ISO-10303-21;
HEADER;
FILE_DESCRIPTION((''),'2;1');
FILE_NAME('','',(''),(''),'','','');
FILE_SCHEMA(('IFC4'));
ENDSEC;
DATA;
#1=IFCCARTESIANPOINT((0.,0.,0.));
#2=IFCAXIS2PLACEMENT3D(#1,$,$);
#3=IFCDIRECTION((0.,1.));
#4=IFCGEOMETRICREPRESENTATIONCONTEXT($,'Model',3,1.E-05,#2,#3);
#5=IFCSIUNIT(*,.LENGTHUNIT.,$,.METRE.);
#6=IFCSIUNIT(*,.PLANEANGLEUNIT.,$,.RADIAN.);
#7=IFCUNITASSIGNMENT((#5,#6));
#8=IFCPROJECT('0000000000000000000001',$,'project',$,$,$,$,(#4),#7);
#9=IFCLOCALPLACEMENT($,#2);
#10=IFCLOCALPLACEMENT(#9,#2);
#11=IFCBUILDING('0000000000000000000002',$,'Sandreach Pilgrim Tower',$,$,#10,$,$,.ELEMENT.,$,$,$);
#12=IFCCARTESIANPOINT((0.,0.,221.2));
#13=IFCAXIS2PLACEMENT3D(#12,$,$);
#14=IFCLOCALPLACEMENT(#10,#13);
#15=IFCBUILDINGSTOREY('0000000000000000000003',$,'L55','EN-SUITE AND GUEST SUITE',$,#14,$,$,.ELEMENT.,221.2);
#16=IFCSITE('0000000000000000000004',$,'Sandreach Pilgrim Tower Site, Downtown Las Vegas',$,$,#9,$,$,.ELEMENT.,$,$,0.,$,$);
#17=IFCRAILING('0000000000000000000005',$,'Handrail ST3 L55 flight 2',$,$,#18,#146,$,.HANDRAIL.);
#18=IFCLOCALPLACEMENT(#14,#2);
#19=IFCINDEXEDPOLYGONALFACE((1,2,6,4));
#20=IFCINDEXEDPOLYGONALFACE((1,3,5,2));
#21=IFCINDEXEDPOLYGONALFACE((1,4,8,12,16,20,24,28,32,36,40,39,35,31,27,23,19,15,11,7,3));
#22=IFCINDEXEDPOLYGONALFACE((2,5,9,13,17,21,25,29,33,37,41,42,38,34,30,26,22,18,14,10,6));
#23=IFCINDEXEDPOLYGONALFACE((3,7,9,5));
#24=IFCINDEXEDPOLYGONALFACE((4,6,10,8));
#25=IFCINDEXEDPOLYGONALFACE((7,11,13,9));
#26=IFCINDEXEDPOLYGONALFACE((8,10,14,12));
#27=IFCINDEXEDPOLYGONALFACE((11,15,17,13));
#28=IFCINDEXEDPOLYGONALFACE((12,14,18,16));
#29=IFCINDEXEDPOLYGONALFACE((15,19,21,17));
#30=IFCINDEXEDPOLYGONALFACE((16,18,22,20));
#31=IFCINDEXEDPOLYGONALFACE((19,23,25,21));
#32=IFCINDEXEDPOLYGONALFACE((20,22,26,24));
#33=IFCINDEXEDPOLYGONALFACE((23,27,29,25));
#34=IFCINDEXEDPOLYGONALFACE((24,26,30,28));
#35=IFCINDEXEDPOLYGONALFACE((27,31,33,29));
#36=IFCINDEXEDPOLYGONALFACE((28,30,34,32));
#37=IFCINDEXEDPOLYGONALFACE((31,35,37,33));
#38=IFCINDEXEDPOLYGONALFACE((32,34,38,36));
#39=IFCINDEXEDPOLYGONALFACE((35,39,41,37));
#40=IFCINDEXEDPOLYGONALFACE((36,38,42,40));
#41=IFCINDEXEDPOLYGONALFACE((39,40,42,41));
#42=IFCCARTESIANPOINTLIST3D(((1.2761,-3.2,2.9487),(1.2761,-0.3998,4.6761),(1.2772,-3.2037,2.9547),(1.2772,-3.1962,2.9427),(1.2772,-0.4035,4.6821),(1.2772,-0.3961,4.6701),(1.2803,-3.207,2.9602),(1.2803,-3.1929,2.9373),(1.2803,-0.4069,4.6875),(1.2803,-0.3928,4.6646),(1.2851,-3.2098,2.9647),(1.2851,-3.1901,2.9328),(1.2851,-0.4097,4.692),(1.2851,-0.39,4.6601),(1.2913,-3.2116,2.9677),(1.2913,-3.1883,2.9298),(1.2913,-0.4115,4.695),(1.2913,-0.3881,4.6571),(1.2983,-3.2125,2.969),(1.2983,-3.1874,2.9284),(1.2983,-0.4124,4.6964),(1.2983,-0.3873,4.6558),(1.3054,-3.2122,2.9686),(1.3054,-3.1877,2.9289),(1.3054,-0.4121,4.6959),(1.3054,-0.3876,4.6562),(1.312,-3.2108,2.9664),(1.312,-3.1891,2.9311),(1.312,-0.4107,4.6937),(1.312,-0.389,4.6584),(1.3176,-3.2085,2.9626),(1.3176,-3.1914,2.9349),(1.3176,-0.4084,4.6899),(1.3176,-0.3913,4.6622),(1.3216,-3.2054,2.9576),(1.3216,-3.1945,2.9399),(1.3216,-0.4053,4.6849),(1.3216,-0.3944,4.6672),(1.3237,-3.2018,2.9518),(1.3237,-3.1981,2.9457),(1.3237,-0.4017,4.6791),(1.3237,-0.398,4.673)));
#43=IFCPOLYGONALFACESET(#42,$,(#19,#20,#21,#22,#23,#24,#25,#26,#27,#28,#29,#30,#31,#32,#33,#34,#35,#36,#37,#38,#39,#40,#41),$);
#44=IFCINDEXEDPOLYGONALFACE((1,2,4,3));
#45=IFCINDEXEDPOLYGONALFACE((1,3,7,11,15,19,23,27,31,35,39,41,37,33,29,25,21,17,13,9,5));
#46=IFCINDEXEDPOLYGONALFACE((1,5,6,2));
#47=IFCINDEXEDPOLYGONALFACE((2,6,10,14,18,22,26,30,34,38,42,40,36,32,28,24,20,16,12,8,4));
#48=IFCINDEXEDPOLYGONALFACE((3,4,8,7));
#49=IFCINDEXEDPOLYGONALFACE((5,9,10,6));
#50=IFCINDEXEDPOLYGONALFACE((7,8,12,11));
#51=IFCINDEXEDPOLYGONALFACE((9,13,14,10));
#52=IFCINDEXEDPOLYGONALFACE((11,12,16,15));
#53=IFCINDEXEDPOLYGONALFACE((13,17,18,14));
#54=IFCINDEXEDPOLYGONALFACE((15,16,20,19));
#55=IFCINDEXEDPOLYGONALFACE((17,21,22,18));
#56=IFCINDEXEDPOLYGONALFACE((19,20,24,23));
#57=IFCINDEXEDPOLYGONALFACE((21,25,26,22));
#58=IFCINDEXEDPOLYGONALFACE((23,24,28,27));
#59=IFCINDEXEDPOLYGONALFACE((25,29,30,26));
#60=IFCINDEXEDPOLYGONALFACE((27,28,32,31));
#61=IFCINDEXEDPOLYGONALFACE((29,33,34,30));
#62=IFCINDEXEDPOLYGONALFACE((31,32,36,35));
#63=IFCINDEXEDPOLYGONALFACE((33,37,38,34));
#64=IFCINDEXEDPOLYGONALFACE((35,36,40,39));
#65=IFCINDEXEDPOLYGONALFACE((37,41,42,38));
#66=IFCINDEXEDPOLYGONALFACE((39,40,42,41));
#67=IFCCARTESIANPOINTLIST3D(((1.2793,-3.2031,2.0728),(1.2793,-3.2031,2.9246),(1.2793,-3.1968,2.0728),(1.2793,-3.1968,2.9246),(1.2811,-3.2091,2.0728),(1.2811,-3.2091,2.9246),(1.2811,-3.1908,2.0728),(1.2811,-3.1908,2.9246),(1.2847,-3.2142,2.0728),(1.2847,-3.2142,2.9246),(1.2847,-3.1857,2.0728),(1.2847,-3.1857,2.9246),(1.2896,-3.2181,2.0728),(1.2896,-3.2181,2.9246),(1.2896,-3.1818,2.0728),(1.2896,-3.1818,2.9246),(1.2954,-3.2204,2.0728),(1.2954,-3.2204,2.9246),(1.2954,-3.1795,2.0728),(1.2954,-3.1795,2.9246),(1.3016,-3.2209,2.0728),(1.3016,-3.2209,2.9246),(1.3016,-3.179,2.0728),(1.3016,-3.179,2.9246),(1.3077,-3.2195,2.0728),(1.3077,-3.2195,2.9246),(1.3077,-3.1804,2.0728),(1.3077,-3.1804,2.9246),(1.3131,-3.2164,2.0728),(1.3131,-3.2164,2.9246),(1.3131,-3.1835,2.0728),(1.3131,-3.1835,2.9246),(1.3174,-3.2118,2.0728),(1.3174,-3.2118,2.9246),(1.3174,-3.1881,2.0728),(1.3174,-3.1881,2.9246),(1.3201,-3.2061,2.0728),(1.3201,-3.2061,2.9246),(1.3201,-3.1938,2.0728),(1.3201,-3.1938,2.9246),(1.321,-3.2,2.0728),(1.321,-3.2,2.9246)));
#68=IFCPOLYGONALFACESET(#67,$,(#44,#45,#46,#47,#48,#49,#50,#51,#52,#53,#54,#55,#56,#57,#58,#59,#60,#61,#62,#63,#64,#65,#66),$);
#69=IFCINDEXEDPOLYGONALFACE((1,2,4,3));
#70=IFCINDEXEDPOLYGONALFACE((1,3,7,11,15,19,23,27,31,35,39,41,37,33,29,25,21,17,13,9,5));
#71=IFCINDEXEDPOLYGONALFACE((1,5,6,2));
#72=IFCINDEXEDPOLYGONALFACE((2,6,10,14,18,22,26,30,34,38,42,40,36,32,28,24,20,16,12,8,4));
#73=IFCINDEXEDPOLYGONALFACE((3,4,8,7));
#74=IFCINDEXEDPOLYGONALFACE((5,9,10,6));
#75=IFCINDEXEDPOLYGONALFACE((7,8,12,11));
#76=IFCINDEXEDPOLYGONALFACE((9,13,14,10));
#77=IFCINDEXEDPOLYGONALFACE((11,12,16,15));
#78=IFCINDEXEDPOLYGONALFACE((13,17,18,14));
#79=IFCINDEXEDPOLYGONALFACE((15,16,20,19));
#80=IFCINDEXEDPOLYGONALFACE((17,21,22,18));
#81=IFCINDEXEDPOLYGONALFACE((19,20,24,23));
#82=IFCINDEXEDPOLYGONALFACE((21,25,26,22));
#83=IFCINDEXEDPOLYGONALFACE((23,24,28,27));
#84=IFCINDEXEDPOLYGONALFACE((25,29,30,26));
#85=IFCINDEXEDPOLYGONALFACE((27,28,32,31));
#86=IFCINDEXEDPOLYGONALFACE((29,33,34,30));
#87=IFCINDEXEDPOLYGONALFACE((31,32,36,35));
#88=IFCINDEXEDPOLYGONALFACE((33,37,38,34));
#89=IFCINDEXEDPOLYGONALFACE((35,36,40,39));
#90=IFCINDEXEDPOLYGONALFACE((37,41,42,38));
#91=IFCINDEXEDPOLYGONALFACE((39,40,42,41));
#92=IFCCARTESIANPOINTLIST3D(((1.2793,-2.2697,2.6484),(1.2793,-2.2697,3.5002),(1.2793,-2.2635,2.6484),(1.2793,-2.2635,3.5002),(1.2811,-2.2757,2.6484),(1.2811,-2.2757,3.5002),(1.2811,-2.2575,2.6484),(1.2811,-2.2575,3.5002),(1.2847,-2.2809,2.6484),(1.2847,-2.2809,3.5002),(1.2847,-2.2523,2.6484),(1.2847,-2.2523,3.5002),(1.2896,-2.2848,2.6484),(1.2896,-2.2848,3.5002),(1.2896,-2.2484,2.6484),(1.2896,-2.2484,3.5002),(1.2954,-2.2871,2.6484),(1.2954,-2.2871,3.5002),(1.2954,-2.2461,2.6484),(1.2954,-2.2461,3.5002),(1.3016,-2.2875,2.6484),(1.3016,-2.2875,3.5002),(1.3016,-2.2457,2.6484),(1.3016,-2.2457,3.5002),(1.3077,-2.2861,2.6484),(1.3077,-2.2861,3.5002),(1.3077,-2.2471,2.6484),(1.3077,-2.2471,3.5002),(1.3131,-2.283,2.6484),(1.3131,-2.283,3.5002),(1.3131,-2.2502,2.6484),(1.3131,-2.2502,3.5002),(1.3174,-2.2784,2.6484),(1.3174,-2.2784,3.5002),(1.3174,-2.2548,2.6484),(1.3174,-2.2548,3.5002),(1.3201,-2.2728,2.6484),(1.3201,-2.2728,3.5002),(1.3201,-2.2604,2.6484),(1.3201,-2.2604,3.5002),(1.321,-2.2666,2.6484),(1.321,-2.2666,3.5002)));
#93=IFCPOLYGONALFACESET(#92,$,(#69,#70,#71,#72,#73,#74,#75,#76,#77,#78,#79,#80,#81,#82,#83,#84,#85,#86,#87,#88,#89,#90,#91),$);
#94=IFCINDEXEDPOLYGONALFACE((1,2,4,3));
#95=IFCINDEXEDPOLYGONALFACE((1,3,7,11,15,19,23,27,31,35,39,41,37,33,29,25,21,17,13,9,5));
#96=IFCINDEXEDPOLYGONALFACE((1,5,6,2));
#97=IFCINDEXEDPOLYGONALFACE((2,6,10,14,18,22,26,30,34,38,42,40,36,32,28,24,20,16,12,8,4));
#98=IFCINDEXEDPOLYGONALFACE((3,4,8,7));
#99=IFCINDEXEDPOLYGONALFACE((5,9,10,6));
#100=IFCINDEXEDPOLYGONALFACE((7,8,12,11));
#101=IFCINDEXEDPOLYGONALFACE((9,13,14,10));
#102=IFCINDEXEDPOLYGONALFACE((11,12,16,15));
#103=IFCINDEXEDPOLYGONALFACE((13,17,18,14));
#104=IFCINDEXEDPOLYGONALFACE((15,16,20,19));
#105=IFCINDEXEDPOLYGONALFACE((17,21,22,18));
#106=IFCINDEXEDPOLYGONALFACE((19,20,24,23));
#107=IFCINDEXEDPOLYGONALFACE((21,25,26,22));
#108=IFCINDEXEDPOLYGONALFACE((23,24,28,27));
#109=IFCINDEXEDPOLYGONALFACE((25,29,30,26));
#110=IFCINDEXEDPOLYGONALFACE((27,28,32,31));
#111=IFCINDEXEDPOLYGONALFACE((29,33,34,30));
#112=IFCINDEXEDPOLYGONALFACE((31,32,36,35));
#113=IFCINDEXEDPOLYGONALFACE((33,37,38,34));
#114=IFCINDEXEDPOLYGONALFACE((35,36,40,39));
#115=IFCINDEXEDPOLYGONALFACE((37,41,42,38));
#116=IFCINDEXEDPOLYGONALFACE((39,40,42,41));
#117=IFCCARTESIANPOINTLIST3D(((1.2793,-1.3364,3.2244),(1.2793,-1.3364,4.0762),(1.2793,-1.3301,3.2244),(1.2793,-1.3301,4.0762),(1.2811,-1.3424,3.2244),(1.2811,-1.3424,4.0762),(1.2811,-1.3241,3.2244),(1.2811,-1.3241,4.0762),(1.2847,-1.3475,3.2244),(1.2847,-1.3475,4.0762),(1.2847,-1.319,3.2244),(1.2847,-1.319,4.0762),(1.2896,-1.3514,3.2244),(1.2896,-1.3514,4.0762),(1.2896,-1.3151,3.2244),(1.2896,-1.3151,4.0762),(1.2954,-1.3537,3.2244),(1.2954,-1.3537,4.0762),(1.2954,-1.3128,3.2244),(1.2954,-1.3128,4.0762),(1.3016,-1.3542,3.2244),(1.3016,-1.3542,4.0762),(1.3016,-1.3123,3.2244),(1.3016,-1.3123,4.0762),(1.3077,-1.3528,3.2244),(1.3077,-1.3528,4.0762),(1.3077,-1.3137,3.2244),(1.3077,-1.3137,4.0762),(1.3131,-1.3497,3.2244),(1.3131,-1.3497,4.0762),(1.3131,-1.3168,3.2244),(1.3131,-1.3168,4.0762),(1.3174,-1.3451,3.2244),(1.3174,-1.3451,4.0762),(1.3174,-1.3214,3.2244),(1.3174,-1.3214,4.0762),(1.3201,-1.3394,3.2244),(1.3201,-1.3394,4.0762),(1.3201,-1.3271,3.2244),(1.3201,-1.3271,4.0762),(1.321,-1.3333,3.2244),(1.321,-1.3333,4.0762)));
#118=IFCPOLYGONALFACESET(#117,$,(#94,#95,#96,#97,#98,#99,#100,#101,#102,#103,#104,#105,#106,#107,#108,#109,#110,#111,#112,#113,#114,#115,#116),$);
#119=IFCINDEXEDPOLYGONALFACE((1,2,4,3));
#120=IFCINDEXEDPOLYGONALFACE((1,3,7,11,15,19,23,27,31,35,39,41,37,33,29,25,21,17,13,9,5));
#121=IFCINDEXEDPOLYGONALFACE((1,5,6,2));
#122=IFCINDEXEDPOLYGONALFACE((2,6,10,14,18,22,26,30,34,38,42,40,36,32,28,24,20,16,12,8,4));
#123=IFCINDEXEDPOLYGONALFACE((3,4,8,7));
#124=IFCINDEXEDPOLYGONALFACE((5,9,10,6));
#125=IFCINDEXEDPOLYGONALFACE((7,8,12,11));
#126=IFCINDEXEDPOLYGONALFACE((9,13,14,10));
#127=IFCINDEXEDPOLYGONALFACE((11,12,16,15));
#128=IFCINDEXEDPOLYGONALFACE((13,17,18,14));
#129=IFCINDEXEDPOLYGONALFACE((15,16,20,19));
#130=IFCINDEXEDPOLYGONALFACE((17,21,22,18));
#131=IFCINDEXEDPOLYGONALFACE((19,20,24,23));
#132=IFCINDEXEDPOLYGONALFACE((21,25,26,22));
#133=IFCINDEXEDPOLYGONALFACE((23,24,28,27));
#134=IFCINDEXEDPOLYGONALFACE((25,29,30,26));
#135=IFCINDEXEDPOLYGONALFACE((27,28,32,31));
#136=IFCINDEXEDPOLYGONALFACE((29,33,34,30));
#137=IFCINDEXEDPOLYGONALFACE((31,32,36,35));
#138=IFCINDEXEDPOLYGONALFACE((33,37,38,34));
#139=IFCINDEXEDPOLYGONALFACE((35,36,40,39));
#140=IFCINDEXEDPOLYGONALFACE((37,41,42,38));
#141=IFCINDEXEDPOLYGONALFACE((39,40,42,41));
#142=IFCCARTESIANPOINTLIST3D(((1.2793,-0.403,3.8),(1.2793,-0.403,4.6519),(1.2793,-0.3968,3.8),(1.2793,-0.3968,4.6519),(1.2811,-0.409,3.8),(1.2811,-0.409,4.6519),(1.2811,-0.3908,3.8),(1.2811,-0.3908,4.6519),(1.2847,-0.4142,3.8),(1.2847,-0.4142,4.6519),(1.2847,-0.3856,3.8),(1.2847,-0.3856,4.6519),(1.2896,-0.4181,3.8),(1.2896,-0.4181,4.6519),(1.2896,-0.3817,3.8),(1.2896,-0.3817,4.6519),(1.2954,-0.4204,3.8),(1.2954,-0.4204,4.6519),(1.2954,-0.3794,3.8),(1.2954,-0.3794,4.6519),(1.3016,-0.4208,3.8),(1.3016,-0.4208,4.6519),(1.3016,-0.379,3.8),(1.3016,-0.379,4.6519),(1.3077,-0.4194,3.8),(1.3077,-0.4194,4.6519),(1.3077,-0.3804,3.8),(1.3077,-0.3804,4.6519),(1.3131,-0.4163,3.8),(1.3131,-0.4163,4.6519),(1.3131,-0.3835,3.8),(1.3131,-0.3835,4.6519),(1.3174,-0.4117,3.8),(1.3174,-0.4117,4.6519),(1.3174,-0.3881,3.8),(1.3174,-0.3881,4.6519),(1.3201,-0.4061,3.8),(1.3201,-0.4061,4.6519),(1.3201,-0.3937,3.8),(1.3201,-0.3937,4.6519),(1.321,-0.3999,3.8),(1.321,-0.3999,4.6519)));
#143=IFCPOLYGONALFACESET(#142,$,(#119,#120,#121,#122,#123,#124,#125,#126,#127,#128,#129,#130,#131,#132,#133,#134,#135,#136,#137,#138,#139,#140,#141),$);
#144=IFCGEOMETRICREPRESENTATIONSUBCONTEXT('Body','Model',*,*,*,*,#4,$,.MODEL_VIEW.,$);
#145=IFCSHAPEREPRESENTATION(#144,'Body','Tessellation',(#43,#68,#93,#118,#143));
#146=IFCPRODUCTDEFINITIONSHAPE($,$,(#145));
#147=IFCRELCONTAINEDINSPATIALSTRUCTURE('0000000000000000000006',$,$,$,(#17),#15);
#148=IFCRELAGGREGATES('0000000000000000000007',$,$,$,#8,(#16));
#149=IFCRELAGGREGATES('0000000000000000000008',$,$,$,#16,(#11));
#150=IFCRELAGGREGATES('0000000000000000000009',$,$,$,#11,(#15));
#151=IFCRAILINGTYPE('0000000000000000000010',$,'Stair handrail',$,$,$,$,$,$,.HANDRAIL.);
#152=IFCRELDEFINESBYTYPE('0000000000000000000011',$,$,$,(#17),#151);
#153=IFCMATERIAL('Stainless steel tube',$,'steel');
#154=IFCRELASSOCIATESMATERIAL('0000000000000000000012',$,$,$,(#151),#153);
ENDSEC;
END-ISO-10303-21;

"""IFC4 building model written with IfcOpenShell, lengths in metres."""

from ifc_helpers import new_model, si_unit, direction, frame, origin, origin_2d, place, context, subcontext, project, spatial, circle, extrude, material, type_object, element, save


model = new_model("IFC4")

# Units and contexts
model_context = context("Model", 3, precision=1e-05, world=origin(), true_north=direction((0.0, 1.0)))
body_context = subcontext(model_context, "Body", "Model", "MODEL_VIEW")
ifc_project = project(units=[si_unit("LENGTHUNIT", "METRE"), si_unit("PLANEANGLEUNIT", "RADIAN")], contexts=[model_context])

# Site, building, storey
site_placement = place(None, origin())
site = spatial("IfcSite", under=ifc_project, at=site_placement, Name="Sandreach Pilgrim Tower Site, Downtown Las Vegas", CompositionType="ELEMENT", RefElevation=0.0)
building_placement = place(site_placement, origin())
building = spatial("IfcBuilding", under=site, at=building_placement, Name="Sandreach Pilgrim Tower", CompositionType="ELEMENT")
storey_placement = place(building_placement, frame((0.0, 0.0, 221.2)))
storey = spatial("IfcBuildingStorey", under=building, at=storey_placement, Name="L55", Description="EN-SUITE AND GUEST SUITE", CompositionType="ELEMENT", Elevation=221.2)

# Railing
ifc_material_1 = material(Name="Stainless steel tube", Category="steel")
railing_type = type_object("IfcRailingType", Name="Stair handrail", PredefinedType="HANDRAIL", material=ifc_material_1)
for number, where, name in (
    (1, (1.3, -3.2, 2.0728), "Handrail ST3 L55 flight 2"),
):
    element("IfcRailing", number, at=place(storey_placement, frame(where)), inside=storey, type_object=railing_type, Name=name, PredefinedType="HANDRAIL", context=body_context, shape_type="SweptSolid", body=[
        extrude(circle(Radius=0.0239, at=origin_2d()), frame((0.0, 0.0, 0.876), z_axis=(0.0, 0.85109, 0.52502), x_axis=(-1.0, 0.0, 0.0)), (0.0, 0.0, 1.0), 3.29),
        extrude(circle(Radius=0.021, at=origin_2d()), origin(), (0.0, 0.0, 1.0), 0.8518),
        extrude(circle(Radius=0.021, at=origin_2d()), frame((0.0, 0.9333, 0.5757)), (0.0, 0.0, 1.0), 0.8518),
        extrude(circle(Radius=0.021, at=origin_2d()), frame((0.0, 1.8667, 1.1516)), (0.0, 0.0, 1.0), 0.8518),
        extrude(circle(Radius=0.021, at=origin_2d()), frame((0.0, 2.8, 1.7273)), (0.0, 0.0, 1.0), 0.8518),
    ])

save(model, "model.ifc")
